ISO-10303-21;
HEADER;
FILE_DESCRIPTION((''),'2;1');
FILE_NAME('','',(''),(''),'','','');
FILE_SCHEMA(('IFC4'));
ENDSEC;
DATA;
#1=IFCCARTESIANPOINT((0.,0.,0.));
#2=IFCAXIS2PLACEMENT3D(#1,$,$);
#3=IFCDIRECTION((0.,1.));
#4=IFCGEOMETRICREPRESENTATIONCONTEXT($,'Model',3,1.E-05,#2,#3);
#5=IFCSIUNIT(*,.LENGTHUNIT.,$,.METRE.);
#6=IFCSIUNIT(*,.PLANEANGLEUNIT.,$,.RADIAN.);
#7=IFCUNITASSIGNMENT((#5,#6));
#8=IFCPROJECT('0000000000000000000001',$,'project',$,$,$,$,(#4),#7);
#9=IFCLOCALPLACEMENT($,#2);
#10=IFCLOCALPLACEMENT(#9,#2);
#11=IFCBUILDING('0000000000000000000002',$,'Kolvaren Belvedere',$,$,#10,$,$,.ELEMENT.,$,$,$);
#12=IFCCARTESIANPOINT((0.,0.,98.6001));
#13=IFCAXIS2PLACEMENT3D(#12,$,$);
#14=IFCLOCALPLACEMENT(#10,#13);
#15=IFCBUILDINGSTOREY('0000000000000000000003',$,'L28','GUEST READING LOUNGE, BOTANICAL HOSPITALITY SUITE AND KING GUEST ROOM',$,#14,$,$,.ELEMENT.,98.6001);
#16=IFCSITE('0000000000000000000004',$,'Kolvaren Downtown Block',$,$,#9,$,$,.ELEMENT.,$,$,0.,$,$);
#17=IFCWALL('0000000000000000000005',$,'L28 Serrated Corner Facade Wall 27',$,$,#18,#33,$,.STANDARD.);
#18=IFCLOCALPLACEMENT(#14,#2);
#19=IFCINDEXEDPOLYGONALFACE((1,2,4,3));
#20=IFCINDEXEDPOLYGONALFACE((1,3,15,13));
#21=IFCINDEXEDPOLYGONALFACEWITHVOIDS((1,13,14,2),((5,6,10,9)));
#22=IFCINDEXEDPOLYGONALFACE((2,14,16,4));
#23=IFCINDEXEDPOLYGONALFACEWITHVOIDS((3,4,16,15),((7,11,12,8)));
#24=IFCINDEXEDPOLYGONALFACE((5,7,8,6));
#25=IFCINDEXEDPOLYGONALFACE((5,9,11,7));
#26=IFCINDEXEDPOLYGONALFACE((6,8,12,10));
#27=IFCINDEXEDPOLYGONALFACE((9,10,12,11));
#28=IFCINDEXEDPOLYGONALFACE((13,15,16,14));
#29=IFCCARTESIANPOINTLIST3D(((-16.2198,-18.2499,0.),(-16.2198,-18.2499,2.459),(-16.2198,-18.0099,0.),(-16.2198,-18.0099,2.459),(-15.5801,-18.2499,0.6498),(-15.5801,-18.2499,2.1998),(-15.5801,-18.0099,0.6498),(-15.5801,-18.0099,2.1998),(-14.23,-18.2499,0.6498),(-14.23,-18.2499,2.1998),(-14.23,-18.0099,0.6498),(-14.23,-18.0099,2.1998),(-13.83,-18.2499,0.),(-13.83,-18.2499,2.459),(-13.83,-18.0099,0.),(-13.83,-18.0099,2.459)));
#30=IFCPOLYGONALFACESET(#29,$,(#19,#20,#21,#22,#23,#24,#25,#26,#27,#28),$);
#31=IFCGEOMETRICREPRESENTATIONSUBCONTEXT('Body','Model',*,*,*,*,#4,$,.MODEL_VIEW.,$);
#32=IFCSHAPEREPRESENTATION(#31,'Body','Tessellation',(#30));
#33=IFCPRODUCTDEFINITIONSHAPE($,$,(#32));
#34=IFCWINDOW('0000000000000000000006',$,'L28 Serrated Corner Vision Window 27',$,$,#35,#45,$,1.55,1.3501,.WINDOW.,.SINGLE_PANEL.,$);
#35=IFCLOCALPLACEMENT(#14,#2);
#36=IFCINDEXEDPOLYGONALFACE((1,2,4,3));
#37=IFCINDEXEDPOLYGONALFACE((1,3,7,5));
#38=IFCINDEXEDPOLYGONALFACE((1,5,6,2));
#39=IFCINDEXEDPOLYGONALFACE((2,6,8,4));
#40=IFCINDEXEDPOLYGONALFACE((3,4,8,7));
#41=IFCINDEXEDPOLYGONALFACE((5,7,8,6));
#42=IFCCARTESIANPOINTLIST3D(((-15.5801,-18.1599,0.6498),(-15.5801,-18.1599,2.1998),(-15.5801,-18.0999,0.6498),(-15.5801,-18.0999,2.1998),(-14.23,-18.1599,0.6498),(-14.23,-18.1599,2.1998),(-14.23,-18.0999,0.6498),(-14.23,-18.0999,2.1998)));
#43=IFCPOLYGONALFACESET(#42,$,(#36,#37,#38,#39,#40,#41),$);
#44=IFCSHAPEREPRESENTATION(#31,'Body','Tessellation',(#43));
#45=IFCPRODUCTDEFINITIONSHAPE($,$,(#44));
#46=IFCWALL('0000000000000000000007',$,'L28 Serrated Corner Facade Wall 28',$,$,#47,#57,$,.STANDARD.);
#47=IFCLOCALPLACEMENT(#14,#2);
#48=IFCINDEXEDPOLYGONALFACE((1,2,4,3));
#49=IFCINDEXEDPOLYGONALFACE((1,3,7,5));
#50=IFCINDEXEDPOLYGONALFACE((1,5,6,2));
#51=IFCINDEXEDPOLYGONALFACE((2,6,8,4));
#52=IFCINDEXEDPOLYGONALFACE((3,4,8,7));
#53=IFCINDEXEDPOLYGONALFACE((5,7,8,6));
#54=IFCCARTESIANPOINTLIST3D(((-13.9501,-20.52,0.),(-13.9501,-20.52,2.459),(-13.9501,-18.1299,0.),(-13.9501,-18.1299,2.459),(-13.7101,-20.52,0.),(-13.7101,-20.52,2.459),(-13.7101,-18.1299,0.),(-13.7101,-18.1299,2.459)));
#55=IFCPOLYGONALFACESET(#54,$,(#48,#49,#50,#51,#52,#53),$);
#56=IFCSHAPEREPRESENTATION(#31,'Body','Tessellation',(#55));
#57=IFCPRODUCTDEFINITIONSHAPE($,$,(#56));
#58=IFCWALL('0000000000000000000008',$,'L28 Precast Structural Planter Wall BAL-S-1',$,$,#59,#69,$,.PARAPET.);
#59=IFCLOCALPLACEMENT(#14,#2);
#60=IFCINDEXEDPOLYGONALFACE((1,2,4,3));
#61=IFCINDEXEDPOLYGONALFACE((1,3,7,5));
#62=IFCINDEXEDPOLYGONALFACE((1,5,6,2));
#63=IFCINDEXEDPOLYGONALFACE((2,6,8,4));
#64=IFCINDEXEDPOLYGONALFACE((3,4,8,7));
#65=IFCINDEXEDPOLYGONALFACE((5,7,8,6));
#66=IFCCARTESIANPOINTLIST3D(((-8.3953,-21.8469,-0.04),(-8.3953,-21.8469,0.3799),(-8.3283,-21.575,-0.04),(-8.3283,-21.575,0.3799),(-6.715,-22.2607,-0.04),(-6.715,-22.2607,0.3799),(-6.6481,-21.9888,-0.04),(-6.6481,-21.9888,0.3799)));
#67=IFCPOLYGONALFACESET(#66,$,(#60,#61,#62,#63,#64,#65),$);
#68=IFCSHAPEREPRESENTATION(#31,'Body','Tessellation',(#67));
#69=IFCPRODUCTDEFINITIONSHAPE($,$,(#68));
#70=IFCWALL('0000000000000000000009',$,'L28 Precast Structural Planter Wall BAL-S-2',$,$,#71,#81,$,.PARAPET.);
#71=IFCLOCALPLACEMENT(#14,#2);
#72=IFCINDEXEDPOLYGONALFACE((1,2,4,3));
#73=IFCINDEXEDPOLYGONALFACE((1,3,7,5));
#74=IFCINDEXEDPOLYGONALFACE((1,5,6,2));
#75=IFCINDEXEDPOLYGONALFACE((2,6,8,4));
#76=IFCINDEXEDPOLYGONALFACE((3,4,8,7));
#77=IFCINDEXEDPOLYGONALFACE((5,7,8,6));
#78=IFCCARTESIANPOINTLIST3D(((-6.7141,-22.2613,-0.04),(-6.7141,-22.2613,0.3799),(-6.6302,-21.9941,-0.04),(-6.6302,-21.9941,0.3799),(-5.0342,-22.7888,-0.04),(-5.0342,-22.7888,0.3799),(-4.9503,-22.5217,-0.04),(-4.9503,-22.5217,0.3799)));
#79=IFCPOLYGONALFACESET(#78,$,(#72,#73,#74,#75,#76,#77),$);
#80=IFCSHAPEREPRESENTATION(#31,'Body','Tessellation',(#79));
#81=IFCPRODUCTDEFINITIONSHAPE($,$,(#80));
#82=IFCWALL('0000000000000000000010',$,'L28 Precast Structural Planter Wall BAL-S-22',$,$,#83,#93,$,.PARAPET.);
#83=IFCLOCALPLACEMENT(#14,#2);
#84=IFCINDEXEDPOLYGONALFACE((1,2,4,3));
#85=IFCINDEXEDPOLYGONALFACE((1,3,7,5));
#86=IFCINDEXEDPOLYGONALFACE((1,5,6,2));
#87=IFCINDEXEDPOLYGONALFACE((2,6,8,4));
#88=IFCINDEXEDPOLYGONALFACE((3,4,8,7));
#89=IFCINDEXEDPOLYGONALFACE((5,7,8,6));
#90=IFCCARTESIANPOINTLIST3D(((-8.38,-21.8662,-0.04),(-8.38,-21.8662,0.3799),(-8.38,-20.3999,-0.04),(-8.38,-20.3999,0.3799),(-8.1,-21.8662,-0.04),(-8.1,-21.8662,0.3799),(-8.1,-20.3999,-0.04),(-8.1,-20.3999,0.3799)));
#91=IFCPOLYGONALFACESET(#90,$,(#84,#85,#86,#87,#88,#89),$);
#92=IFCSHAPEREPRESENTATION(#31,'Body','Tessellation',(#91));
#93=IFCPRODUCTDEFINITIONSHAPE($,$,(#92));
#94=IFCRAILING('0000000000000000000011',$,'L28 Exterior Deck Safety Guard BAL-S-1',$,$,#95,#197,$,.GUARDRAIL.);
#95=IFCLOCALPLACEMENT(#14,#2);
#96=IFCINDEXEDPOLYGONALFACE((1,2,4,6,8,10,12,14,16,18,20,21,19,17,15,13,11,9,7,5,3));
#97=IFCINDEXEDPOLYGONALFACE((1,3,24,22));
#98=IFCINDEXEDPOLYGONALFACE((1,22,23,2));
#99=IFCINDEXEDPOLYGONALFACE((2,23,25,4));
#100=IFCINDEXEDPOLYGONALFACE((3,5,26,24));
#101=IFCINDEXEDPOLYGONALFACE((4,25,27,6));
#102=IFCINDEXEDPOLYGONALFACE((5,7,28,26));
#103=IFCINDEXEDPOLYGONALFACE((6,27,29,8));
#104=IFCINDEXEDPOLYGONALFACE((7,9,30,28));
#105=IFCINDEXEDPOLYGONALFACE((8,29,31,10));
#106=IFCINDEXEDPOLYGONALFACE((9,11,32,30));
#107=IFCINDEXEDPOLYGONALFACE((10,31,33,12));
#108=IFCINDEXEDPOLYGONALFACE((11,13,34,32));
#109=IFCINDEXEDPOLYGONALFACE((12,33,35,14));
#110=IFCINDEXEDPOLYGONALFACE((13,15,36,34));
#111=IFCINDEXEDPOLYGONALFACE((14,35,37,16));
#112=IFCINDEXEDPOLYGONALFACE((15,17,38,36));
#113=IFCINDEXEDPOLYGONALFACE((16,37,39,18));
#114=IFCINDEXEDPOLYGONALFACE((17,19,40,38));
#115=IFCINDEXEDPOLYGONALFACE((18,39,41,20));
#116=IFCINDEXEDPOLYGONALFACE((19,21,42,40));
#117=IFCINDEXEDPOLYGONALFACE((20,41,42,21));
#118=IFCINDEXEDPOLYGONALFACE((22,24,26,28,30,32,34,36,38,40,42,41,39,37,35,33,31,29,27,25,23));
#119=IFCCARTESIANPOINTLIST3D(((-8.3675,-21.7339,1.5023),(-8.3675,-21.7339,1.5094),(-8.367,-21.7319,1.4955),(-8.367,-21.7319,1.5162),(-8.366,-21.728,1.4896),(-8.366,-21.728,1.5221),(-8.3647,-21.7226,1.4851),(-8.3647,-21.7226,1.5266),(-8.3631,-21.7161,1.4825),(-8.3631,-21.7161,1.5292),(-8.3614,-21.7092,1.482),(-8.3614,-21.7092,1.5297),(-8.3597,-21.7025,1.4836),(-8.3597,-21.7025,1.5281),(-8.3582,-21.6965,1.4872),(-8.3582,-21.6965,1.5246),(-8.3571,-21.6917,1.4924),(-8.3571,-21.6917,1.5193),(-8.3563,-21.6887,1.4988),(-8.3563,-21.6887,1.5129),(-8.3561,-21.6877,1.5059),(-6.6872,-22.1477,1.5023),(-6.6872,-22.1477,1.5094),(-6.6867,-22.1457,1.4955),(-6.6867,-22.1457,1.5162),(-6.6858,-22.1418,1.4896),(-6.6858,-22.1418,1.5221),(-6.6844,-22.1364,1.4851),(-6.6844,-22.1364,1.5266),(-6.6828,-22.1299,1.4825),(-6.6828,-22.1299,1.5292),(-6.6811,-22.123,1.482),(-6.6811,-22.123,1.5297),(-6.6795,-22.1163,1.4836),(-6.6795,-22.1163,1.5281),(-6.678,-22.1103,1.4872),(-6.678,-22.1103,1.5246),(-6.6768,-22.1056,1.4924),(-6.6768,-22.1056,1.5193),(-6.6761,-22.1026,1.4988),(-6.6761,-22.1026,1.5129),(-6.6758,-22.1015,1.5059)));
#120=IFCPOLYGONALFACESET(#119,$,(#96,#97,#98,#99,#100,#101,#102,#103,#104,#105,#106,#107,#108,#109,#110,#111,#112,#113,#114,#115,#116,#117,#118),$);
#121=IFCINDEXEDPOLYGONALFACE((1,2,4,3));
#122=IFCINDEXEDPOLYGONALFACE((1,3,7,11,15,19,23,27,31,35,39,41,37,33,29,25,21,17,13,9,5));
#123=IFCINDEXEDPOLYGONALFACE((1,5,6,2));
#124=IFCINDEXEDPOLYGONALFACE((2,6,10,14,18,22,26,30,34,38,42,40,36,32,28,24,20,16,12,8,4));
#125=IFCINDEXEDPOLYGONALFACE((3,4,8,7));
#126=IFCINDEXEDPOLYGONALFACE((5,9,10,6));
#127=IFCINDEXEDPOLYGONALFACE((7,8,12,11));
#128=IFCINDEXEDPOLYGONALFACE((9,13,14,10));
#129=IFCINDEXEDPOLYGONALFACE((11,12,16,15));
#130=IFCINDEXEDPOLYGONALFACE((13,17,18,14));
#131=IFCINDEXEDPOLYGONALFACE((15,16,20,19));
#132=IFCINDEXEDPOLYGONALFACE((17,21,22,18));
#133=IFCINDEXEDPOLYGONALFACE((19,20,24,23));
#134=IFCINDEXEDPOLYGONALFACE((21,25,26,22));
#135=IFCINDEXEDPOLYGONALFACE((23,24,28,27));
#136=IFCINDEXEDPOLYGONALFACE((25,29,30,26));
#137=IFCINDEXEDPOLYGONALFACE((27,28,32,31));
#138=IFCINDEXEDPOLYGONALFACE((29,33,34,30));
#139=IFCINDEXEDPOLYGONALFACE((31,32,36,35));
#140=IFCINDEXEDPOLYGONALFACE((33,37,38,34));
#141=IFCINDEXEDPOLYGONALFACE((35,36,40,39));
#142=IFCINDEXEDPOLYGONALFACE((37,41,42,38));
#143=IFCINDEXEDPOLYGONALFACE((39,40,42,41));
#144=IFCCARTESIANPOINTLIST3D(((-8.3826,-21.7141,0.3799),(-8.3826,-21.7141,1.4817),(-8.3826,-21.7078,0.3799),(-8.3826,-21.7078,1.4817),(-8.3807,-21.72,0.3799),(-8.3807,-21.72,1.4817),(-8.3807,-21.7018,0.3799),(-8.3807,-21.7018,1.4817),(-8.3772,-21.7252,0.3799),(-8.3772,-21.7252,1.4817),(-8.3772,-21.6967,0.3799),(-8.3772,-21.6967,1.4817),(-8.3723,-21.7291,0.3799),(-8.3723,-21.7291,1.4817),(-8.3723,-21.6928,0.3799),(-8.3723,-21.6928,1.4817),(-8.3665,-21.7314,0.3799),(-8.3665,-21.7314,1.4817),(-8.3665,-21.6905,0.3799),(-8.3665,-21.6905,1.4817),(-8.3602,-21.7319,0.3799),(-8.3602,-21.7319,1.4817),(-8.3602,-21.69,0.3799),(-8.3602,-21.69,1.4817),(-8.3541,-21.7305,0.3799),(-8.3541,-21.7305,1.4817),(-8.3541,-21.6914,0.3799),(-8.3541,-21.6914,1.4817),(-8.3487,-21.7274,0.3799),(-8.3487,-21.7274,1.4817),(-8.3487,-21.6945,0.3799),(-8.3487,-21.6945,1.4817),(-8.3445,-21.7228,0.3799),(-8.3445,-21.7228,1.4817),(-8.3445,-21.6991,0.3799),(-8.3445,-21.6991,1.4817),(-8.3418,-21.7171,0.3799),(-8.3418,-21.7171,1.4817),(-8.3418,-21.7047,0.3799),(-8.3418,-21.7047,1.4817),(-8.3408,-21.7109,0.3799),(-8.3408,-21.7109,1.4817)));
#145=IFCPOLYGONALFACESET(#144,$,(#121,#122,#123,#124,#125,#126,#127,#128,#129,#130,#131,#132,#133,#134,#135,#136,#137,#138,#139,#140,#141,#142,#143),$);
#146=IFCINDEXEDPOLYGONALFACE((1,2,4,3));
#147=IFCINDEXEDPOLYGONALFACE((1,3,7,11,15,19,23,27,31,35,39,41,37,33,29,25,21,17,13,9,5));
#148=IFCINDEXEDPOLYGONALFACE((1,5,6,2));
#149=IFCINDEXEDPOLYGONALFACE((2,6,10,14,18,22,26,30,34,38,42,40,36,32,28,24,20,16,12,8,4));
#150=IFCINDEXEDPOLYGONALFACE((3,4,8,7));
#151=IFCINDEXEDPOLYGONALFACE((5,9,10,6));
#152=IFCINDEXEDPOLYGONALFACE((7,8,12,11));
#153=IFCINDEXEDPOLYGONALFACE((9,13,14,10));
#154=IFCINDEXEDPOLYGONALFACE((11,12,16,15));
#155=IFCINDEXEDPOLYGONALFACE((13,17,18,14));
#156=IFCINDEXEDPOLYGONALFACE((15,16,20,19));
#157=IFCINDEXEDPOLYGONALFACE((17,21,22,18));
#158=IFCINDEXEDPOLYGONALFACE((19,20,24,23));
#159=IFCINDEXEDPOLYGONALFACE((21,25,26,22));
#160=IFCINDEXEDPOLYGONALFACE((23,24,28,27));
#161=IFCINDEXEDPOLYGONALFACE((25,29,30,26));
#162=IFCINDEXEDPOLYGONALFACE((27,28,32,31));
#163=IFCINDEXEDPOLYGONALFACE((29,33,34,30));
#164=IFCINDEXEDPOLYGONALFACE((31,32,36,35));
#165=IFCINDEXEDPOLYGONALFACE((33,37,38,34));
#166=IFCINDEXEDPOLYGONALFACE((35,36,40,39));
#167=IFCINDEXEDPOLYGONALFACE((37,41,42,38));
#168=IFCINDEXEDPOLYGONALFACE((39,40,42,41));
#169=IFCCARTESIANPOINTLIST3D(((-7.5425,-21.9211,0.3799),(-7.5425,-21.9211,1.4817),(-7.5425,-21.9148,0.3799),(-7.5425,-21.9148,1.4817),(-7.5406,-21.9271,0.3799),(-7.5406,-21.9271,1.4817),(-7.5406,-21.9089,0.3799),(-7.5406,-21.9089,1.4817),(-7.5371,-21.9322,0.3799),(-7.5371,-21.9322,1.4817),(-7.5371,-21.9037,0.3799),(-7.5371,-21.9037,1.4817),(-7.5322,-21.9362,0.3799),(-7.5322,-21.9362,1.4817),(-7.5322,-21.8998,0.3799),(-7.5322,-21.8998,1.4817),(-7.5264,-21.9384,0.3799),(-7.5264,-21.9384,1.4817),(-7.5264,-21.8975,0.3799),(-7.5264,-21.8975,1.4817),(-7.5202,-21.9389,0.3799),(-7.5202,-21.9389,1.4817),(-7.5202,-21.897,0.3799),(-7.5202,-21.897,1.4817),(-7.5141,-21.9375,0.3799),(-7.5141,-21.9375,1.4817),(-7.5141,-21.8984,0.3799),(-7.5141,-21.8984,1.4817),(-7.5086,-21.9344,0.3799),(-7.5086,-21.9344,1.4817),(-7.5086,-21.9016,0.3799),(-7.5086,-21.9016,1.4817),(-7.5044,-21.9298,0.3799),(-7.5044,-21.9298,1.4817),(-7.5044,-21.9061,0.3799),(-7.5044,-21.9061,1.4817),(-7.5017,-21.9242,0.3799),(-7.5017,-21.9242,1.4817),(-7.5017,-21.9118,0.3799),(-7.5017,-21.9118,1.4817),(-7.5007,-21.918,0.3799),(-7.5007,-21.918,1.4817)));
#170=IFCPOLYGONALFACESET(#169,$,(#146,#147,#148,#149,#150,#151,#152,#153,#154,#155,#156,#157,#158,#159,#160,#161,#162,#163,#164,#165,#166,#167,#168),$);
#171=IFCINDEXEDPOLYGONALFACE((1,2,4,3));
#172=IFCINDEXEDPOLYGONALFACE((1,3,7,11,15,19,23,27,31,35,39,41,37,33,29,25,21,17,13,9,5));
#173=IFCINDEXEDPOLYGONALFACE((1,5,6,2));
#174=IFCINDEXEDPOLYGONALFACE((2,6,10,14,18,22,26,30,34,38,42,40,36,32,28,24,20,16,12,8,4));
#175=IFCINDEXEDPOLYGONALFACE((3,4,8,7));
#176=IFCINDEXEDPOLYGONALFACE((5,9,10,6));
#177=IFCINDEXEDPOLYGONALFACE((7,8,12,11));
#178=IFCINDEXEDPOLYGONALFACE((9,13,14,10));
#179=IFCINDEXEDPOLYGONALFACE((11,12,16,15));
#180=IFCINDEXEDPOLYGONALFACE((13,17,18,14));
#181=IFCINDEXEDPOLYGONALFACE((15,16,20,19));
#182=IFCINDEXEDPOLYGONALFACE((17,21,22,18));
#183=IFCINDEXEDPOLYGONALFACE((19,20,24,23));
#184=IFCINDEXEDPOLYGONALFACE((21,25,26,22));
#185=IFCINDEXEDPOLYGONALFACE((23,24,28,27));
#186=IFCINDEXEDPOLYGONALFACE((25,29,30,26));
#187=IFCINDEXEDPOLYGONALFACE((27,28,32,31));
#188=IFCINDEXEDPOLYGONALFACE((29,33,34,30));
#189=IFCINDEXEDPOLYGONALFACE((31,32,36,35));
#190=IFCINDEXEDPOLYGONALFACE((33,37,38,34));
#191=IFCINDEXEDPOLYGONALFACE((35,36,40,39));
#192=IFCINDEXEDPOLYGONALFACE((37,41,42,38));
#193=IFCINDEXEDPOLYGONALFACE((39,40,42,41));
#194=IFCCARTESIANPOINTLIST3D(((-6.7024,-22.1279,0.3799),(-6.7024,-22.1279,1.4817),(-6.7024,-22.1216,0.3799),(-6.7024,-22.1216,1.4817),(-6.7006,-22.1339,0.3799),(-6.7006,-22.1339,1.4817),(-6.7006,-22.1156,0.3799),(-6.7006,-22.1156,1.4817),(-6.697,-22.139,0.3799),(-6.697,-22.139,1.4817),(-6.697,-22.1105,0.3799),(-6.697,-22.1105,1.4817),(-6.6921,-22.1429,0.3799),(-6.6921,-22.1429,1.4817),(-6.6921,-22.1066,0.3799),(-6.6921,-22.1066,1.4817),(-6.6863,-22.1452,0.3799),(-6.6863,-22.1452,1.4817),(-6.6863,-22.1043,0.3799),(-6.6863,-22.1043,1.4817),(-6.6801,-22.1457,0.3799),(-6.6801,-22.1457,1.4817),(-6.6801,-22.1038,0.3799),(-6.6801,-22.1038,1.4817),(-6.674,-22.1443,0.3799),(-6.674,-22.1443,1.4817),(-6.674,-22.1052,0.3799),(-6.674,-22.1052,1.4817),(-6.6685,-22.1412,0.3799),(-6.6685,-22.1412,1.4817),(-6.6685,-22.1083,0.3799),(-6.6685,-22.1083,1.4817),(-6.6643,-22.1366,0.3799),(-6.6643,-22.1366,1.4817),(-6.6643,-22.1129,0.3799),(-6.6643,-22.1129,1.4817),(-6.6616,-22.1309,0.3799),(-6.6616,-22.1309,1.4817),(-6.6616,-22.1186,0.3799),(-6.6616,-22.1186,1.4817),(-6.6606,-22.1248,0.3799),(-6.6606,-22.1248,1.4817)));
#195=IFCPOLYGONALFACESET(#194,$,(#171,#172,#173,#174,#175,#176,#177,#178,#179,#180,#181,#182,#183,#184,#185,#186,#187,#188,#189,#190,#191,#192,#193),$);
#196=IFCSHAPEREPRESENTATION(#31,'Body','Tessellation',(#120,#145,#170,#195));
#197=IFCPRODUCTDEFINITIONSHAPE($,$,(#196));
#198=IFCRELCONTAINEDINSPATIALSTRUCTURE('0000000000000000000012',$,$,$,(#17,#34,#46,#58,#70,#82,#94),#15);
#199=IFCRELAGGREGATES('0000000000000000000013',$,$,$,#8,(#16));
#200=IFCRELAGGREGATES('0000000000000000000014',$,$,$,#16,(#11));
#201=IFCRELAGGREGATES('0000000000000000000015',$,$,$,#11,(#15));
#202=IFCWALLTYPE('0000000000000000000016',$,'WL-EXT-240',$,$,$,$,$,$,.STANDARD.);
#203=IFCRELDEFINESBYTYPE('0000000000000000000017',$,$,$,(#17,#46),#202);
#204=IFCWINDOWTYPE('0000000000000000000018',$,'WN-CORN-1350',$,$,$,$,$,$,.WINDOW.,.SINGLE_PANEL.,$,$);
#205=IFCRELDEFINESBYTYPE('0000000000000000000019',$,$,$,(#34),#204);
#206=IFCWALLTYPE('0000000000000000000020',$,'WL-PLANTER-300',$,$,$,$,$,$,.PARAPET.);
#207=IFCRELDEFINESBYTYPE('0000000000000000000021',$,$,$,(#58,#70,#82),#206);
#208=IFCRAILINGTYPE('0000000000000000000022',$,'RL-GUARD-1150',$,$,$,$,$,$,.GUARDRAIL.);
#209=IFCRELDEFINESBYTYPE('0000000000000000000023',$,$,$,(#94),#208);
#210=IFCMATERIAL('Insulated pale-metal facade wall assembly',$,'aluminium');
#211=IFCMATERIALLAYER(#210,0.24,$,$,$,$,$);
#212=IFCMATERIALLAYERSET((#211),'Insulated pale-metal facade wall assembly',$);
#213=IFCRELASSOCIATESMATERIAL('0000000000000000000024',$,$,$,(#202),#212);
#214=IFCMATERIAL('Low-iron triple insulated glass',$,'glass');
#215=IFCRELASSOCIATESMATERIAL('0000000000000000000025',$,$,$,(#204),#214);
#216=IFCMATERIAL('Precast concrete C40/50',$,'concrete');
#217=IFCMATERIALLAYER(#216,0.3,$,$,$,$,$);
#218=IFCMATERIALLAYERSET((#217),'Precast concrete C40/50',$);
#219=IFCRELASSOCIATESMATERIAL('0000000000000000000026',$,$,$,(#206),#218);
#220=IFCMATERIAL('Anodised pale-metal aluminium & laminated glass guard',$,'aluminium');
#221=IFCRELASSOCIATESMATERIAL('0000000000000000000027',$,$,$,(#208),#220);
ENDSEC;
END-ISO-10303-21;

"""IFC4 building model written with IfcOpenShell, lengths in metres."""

from ifc_helpers import new_model, si_unit, direction, frame, frame_2d, origin, origin_2d, place, context, subcontext, project, spatial, rectangle, circle, extrude, material, layer, layer_set, type_object, element, fill, save


model = new_model("IFC4")

# Units and contexts
model_context = context("Model", 3, precision=1e-05, world=origin(), true_north=direction((0.0, 1.0)))
body_context = subcontext(model_context, "Body", "Model", "MODEL_VIEW")
ifc_project = project(units=[si_unit("LENGTHUNIT", "METRE"), si_unit("PLANEANGLEUNIT", "RADIAN")], contexts=[model_context])

# Site, building, storey
site_placement = place(None, origin())
site = spatial("IfcSite", under=ifc_project, at=site_placement, Name="Kolvaren Downtown Block", CompositionType="ELEMENT", RefElevation=0.0)
building_placement = place(site_placement, origin())
building = spatial("IfcBuilding", under=site, at=building_placement, Name="Kolvaren Belvedere", CompositionType="ELEMENT")
storey_placement = place(building_placement, frame((0.0, 0.0, 98.6001)))
storey = spatial("IfcBuildingStorey", under=building, at=storey_placement, Name="L28", Description="GUEST READING LOUNGE, BOTANICAL HOSPITALITY SUITE AND KING GUEST ROOM", CompositionType="ELEMENT", Elevation=98.6001)

# Shared definitions
ifc_material_1 = material(Name="Insulated pale-metal facade wall assembly", Category="aluminium")
ifc_layer_1 = layer(ifc_material_1, 0.24)
ifc_layer_set_1 = layer_set([ifc_layer_1], Name="Insulated pale-metal facade wall assembly")
wall_type_1 = type_object("IfcWallType", Name="WL-EXT-240", PredefinedType="STANDARD", material=ifc_layer_set_1)

# Wall, opening, window
ifc_material_2 = material(Name="Low-iron triple insulated glass", Category="glass")
window_type_1 = type_object("IfcWindowType", Name="WN-CORN-1350", PartitioningType="SINGLE_PANEL", PredefinedType="WINDOW", material=ifc_material_2)
wall_1_placement = place(storey_placement, frame((-13.8301, -18.1299, 0.0), z_axis=(0.0, 0.0, 1.0), x_axis=(-1.0, 0.0, 0.0)))
wall_1 = element("IfcWall", 1, at=wall_1_placement, inside=storey, type_object=wall_type_1, Name="L28 Serrated Corner Facade Wall 27", PredefinedType="STANDARD", context=body_context, shape_type="SweptSolid", body=[
    extrude(rectangle(XDim=2.3899, YDim=0.24, at=frame_2d((1.1948, 0.0))), origin(), (0.0, 0.0, 1.0), 2.459),
])
opening_1_placement = place(wall_1_placement, frame((0.3999, 0.0, 0.6499)))
opening_1 = element("IfcOpeningElement", 2, at=opening_1_placement, cuts=wall_1, PredefinedType="OPENING", context=body_context, shape_type="SweptSolid", body=[
    extrude(rectangle(XDim=1.3501, YDim=1.55, at=frame_2d((0.675, 0.7749))), frame((0.0, 0.1299, 0.0), z_axis=(0.0, -1.0, 0.0), x_axis=(1.0, 0.0, 0.0)), (0.0, 0.0, 1.0), 0.26),
])
window_1_placement = place(opening_1_placement, origin())
window_1 = element("IfcWindow", 3, at=window_1_placement, inside=storey, type_object=window_type_1, Name="L28 Serrated Corner Vision Window 27", OverallHeight=1.55, OverallWidth=1.3501, PartitioningType="SINGLE_PANEL", PredefinedType="WINDOW", context=body_context, shape_type="SweptSolid", body=[
    extrude(rectangle(XDim=1.3501, YDim=1.55, at=frame_2d((0.675, 0.7749))), frame((0.0, 0.03, 0.0), z_axis=(0.0, -1.0, 0.0), x_axis=(1.0, 0.0, 0.0)), (0.0, 0.0, 1.0), 0.0601),
])
fill(opening_1, window_1)

# Walls
wall_2_placement = place(storey_placement, frame((-13.8301, -20.52, 0.0), z_axis=(0.0, 0.0, 1.0), x_axis=(0.0, 1.0, 0.0)))
element("IfcWall", 4, at=wall_2_placement, inside=storey, type_object=wall_type_1, Name="L28 Serrated Corner Facade Wall 28", PredefinedType="STANDARD", context=body_context, shape_type="SweptSolid", body=[
    extrude(rectangle(XDim=2.3901, YDim=0.24, at=frame_2d((1.1951, 0.0))), origin(), (0.0, 0.0, 1.0), 2.459),
])
ifc_material_3 = material(Name="Precast concrete C40/50", Category="concrete")
ifc_layer_2 = layer(ifc_material_3, 0.3)
ifc_layer_set_2 = layer_set([ifc_layer_2], Name="Precast concrete C40/50")
wall_type_2 = type_object("IfcWallType", Name="WL-PLANTER-300", PredefinedType="PARAPET", material=ifc_layer_set_2)
wall_3_placement = place(storey_placement, frame((-8.3618, -21.7109, -0.04), z_axis=(0.0, 0.0, 1.0), x_axis=(0.970983, -0.239148, 0.0)))
element("IfcWall", 5, at=wall_3_placement, inside=storey, type_object=wall_type_2, Name="L28 Precast Structural Planter Wall BAL-S-1", PredefinedType="PARAPET", context=body_context, shape_type="SweptSolid", body=[
    extrude(rectangle(XDim=1.7305, YDim=0.28, at=frame_2d((0.8652, 0.0))), origin(), (0.0, 0.0, 1.0), 0.4199),
])
wall_4_placement = place(storey_placement, frame((-6.6721, -22.1277, -0.04), z_axis=(0.0, 0.0, 1.0), x_axis=(0.954057, -0.299625, 0.0)))
element("IfcWall", 6, at=wall_4_placement, inside=storey, type_object=wall_type_2, Name="L28 Precast Structural Planter Wall BAL-S-2", PredefinedType="PARAPET", context=body_context, shape_type="SweptSolid", body=[
    extrude(rectangle(XDim=1.7607, YDim=0.28, at=frame_2d((0.8804, 0.0))), origin(), (0.0, 0.0, 1.0), 0.4199),
])
wall_5_placement = place(storey_placement, frame((-8.24, -20.3999, -0.04), z_axis=(0.0, 0.0, 1.0), x_axis=(0.0, -1.0, 0.0)))
element("IfcWall", 7, at=wall_5_placement, inside=storey, type_object=wall_type_2, Name="L28 Precast Structural Planter Wall BAL-S-22", PredefinedType="PARAPET", context=body_context, shape_type="SweptSolid", body=[
    extrude(rectangle(XDim=1.4663, YDim=0.28, at=frame_2d((0.7332, 0.0))), origin(), (0.0, 0.0, 1.0), 0.4199),
])

# Railing
ifc_material_4 = material(Name="Anodised pale-metal aluminium & laminated glass guard", Category="aluminium")
railing_type = type_object("IfcRailingType", Name="RL-GUARD-1150", PredefinedType="GUARDRAIL", material=ifc_material_4)
railing_1_placement = place(storey_placement, frame((-8.3618, -21.7109, 0.3799)))
element("IfcRailing", 8, at=railing_1_placement, inside=storey, type_object=railing_type, Name="L28 Exterior Deck Safety Guard BAL-S-1", PredefinedType="GUARDRAIL", context=body_context, shape_type="SweptSolid", body=[
    extrude(circle(Radius=0.0239, at=origin_2d()), frame((0.0, 0.0, 1.126), z_axis=(0.970983, -0.239148, 0.0), x_axis=(0.239148, 0.970983, 0.0)), (0.0, 0.0, 1.0), 1.7305),
    extrude(circle(Radius=0.021, at=origin_2d()), origin(), (0.0, 0.0, 1.0), 1.1018),
    extrude(circle(Radius=0.021, at=origin_2d()), frame((0.8401, -0.207, 0.0)), (0.0, 0.0, 1.0), 1.1018),
    extrude(circle(Radius=0.021, at=origin_2d()), frame((1.6802, -0.4138, 0.0)), (0.0, 0.0, 1.0), 1.1018),
])

save(model, "model.ifc")
